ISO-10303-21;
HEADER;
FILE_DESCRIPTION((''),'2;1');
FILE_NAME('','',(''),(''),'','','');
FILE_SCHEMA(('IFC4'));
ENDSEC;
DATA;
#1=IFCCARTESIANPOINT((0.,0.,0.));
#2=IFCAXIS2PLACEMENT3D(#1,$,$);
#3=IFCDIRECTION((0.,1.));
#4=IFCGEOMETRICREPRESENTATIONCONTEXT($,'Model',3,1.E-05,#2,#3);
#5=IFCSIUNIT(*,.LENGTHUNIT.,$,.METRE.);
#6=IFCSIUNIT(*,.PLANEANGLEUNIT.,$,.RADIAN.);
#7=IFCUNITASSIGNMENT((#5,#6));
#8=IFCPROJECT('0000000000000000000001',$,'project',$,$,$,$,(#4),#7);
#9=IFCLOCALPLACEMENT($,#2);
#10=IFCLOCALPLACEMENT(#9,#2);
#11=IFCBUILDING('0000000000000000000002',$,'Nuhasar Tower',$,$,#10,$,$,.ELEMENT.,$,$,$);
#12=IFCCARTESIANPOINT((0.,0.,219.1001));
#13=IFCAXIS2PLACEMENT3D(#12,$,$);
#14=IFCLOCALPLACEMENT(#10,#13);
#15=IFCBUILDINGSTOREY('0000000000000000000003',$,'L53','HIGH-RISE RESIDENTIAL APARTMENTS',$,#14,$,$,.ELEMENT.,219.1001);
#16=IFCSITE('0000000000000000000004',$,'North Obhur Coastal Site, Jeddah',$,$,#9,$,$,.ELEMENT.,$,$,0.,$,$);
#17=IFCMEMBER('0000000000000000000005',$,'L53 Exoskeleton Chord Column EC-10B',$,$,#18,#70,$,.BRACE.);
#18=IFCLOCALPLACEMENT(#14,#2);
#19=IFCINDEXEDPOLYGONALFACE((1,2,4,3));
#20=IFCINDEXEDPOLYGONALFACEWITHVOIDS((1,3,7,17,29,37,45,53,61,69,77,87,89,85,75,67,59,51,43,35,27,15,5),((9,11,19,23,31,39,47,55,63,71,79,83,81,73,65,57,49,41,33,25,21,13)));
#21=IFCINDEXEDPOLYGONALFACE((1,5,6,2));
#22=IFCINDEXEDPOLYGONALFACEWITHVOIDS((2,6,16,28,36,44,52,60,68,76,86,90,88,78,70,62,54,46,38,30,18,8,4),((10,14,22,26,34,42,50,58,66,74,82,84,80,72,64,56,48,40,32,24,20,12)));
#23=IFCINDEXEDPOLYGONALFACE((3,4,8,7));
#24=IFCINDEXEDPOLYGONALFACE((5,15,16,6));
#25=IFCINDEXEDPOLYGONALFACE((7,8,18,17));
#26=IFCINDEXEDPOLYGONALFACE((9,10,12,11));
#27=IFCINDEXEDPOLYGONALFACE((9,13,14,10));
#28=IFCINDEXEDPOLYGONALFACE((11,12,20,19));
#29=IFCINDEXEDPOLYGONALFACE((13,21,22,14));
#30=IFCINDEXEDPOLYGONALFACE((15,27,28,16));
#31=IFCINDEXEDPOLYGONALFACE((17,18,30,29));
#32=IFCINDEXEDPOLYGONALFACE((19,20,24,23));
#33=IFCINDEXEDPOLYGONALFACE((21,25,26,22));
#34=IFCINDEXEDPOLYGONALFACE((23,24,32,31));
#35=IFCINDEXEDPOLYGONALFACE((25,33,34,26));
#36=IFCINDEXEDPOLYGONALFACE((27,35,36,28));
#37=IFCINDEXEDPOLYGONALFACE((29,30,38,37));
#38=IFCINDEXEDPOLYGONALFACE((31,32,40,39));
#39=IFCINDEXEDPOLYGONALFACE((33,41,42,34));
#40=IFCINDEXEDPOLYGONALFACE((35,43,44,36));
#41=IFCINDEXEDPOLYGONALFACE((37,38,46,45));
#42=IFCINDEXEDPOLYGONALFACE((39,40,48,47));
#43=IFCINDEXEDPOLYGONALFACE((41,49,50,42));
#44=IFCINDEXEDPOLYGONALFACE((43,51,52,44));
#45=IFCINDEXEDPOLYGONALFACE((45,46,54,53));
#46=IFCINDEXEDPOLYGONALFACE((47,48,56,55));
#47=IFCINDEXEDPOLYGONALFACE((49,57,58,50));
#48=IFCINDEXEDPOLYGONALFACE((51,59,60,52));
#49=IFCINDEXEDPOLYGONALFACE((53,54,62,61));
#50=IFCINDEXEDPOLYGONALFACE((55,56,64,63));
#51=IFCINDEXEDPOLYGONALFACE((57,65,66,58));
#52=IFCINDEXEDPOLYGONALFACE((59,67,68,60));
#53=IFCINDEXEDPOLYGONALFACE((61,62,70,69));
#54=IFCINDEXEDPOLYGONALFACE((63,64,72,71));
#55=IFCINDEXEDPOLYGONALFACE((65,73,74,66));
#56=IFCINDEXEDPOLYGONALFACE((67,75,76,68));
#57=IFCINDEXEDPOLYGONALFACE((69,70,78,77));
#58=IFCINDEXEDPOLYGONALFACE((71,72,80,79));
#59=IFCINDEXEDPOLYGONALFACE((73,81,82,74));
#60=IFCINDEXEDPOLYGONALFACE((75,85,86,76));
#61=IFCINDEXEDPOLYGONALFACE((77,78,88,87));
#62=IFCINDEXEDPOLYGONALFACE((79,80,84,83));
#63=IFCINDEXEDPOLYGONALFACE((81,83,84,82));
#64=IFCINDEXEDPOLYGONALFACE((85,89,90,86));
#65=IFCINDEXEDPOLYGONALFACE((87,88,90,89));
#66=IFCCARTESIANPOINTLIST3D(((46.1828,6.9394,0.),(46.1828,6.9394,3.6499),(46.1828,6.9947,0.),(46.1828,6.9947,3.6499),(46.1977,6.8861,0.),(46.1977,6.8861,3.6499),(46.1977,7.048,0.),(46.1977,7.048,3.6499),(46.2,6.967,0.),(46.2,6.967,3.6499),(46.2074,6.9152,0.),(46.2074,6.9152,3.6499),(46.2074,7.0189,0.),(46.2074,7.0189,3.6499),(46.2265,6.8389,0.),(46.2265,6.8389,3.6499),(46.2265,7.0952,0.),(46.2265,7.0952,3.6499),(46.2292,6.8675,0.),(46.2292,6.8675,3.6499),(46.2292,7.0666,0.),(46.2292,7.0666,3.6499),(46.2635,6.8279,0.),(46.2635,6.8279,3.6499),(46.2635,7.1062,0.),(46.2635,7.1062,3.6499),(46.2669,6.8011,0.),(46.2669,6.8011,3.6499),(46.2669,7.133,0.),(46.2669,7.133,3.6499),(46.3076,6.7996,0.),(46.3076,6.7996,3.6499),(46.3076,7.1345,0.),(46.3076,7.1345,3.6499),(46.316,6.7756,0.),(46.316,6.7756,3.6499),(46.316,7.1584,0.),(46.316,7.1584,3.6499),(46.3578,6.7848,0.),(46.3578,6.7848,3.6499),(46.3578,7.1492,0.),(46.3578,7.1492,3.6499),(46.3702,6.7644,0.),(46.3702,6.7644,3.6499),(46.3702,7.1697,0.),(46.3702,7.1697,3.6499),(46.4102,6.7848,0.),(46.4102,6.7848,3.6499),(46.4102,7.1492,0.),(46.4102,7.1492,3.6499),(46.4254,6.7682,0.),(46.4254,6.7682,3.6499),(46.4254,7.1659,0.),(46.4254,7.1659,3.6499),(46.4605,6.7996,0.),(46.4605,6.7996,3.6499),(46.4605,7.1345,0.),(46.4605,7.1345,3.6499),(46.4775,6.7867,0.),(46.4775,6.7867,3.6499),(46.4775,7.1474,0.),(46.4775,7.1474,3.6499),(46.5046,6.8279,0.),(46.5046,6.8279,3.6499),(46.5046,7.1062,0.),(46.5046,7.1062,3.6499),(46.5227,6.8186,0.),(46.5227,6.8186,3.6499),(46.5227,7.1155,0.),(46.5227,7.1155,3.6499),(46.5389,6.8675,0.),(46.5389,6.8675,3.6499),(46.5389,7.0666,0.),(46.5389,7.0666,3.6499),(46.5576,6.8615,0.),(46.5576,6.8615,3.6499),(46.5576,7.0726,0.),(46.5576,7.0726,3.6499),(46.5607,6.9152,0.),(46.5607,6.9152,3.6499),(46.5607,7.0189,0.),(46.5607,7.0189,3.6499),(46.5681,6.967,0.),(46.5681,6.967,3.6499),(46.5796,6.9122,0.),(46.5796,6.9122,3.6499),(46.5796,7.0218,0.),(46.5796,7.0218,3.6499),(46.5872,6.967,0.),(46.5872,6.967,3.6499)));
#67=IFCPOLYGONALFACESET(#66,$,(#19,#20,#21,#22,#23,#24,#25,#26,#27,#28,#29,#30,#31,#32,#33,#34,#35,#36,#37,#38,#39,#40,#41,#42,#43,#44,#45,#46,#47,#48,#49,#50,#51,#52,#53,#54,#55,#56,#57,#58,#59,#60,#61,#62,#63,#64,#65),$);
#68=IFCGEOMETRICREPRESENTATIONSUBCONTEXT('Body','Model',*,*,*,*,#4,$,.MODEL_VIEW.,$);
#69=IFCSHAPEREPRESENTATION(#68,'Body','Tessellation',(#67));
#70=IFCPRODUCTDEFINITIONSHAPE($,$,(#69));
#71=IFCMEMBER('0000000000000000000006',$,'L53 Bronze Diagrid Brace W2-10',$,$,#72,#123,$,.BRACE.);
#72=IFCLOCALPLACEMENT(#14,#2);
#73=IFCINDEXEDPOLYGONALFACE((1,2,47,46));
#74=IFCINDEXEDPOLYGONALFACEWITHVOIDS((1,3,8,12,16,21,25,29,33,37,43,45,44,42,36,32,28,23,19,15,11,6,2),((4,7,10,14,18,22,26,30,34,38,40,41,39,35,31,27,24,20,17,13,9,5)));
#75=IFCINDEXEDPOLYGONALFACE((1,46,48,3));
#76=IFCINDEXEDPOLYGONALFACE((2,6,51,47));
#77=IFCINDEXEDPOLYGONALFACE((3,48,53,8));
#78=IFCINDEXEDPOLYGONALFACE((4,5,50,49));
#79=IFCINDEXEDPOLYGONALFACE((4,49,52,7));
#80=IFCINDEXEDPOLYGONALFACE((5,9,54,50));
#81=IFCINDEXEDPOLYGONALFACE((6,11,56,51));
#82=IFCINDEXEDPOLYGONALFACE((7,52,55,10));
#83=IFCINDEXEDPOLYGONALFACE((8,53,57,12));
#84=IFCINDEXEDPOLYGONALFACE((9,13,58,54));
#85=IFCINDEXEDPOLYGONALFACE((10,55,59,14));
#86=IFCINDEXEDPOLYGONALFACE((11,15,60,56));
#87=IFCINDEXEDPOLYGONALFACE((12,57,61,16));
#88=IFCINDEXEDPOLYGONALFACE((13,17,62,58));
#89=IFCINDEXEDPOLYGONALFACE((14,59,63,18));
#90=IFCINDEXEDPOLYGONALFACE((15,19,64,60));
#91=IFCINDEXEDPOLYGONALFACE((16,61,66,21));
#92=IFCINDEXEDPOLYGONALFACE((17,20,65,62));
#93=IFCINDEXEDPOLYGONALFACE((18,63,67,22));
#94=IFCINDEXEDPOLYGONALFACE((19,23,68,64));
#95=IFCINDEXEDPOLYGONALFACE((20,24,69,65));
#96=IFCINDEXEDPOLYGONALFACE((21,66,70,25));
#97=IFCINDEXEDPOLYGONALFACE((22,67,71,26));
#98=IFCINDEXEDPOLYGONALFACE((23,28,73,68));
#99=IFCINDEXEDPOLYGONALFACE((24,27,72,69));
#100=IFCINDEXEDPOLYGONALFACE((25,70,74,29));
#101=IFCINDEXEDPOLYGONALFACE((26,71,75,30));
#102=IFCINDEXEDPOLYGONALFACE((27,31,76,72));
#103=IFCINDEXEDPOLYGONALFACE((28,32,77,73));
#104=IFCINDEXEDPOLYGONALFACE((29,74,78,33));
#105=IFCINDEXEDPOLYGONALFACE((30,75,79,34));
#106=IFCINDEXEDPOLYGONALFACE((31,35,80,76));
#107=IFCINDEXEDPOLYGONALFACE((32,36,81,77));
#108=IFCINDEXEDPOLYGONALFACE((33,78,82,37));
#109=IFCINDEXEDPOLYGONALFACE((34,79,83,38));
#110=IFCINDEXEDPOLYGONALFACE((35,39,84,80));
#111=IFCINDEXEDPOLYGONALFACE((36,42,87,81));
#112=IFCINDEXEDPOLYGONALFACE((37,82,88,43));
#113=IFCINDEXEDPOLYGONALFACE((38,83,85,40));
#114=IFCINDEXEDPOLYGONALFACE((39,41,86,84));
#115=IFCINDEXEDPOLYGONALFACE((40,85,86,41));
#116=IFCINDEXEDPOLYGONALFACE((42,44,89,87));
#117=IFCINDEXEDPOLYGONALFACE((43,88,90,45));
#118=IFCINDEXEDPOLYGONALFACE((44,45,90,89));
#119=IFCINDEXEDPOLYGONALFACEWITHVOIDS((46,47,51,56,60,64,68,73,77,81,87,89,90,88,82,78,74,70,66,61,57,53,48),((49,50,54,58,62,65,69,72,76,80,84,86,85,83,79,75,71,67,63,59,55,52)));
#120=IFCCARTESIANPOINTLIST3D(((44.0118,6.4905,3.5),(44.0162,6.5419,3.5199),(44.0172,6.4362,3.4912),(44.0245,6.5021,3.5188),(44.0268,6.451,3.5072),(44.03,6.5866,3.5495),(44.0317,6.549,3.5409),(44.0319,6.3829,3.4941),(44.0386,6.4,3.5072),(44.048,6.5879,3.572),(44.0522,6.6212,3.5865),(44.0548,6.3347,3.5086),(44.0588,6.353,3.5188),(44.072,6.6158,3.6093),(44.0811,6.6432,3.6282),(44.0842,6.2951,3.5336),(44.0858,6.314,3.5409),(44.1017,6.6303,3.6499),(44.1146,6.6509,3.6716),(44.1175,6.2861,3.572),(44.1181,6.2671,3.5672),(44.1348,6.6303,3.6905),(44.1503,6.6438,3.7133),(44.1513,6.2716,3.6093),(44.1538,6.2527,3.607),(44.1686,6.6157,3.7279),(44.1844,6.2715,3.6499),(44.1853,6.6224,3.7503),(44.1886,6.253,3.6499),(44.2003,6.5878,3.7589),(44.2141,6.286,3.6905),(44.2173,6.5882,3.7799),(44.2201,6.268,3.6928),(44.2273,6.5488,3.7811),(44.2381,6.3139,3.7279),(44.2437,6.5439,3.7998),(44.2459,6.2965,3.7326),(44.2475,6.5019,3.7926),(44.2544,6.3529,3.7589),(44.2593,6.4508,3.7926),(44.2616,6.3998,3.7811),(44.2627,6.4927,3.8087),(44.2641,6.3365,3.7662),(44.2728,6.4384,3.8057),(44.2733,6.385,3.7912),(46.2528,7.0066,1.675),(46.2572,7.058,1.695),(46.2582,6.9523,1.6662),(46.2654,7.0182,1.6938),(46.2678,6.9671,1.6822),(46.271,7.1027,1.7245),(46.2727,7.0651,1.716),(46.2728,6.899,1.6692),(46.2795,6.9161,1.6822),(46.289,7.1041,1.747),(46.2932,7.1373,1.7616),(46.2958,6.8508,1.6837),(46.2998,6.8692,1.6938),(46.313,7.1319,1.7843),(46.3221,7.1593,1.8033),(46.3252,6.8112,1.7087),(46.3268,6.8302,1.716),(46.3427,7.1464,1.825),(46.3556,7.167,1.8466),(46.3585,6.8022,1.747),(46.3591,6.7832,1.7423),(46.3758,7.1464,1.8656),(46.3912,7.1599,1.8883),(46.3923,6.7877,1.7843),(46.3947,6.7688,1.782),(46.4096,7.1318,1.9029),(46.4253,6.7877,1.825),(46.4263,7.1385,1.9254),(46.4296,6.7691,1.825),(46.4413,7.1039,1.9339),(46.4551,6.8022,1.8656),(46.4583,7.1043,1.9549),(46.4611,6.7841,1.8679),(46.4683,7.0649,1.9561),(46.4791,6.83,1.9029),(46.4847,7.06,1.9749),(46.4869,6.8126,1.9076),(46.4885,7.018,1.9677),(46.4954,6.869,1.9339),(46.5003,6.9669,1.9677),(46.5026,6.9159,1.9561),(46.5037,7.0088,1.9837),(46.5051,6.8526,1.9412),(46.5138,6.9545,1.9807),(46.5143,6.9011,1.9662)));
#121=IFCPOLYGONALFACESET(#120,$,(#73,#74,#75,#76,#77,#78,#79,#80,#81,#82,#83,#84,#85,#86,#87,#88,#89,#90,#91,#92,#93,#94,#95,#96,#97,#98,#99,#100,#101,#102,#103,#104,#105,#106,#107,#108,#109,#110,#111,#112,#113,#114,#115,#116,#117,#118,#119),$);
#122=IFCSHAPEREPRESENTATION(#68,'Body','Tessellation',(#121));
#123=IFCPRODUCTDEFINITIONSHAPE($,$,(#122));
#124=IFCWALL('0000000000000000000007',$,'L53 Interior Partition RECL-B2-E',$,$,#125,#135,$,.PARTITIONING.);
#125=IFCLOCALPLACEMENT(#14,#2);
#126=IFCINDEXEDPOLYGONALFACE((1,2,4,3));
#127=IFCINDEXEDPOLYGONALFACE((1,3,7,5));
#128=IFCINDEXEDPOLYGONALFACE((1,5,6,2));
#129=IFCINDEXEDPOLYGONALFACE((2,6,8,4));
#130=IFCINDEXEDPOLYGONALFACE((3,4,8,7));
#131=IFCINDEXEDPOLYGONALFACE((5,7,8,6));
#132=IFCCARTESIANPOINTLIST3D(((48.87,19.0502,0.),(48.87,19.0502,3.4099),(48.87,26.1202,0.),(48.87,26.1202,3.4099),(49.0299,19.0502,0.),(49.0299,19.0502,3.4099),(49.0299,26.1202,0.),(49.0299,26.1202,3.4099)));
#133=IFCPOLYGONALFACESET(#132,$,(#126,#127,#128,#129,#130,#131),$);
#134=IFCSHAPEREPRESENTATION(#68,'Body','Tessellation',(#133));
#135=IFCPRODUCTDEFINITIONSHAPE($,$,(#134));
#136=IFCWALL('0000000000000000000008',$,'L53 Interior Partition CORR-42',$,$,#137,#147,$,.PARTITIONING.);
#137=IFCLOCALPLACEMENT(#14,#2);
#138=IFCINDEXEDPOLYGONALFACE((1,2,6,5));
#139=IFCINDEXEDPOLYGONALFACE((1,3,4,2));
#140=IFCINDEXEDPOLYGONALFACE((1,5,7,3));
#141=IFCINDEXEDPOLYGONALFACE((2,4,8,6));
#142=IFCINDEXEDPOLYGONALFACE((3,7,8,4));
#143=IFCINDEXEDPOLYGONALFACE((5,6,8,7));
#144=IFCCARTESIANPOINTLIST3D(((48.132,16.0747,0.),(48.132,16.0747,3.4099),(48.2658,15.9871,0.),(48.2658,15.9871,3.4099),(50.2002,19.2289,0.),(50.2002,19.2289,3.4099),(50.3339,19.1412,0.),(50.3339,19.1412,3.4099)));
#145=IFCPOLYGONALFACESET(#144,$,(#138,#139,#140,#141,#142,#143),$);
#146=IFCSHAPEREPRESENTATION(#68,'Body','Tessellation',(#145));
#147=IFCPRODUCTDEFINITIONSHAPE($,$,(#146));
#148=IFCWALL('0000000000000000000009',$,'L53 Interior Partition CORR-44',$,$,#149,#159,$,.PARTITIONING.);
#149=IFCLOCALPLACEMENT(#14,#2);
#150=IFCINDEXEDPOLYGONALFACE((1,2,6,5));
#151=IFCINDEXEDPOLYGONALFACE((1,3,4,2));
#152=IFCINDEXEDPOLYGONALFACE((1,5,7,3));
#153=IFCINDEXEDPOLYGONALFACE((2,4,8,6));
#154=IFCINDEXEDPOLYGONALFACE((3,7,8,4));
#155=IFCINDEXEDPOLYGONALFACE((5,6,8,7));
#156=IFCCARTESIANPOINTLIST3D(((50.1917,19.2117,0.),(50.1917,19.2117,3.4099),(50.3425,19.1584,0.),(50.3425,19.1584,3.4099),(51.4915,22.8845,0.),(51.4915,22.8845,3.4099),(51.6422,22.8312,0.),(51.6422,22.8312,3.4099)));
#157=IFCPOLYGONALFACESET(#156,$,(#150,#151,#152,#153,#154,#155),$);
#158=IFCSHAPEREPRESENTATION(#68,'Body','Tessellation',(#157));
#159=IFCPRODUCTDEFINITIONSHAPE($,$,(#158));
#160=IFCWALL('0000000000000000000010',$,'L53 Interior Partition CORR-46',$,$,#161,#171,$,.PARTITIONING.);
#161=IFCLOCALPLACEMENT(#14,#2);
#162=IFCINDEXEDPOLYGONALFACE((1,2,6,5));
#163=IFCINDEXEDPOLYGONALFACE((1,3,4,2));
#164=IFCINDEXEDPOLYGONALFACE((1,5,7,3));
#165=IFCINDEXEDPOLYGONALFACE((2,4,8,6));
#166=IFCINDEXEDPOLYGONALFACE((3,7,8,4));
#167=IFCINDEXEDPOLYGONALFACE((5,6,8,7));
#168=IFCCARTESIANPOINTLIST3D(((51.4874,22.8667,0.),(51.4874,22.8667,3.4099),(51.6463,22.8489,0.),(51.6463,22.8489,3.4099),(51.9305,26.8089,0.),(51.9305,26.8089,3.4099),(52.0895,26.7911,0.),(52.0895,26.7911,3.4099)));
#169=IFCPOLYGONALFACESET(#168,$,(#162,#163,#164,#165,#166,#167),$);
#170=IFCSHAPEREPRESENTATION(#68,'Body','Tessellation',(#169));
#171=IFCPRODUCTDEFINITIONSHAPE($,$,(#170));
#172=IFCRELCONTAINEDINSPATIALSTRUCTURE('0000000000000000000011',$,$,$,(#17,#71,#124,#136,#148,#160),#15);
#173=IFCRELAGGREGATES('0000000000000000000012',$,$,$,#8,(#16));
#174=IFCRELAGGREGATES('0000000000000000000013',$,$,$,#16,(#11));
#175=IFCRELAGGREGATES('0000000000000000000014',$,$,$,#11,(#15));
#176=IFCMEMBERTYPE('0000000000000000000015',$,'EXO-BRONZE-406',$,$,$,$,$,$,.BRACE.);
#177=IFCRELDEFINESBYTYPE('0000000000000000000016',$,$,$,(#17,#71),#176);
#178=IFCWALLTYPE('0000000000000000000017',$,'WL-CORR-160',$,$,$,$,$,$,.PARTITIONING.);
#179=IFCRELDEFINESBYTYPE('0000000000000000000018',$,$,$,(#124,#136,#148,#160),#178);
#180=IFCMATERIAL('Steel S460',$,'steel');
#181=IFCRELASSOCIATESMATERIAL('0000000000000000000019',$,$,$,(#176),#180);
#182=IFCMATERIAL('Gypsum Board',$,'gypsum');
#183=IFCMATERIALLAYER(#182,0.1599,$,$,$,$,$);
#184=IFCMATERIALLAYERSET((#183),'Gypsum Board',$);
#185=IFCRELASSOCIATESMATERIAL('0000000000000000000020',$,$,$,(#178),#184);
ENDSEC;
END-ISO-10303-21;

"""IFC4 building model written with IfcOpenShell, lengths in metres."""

from ifc_helpers import new_model, si_unit, direction, frame, frame_2d, origin, origin_2d, place, context, subcontext, project, spatial, rectangle, hollow_circle, extrude, material, layer, layer_set, material_profile, profile_set, type_object, element, save


model = new_model("IFC4")

# Units and contexts
model_context = context("Model", 3, precision=1e-05, world=origin(), true_north=direction((0.0, 1.0)))
body_context = subcontext(model_context, "Body", "Model", "MODEL_VIEW")
ifc_project = project(units=[si_unit("LENGTHUNIT", "METRE"), si_unit("PLANEANGLEUNIT", "RADIAN")], contexts=[model_context])

# Site, building, storey
site_placement = place(None, origin())
site = spatial("IfcSite", under=ifc_project, at=site_placement, Name="North Obhur Coastal Site, Jeddah", CompositionType="ELEMENT", RefElevation=0.0)
building_placement = place(site_placement, origin())
building = spatial("IfcBuilding", under=site, at=building_placement, Name="Nuhasar Tower", CompositionType="ELEMENT")
storey_placement = place(building_placement, frame((0.0, 0.0, 219.1001)))
storey = spatial("IfcBuildingStorey", under=building, at=storey_placement, Name="L53", Description="HIGH-RISE RESIDENTIAL APARTMENTS", CompositionType="ELEMENT", Elevation=219.1001)

# Members
ifc_material_1 = material(Name="Steel S460", Category="steel")
ifc_material_profile_1 = material_profile(ifc_material_1, hollow_circle(Radius=0.2031, WallThickness=0.019, at=origin_2d()), Name="HSS406.4X19.1")
ifc_profile_set_1 = profile_set([ifc_material_profile_1], Name="Steel S460")
member_type_1 = type_object("IfcMemberType", Name="EXO-BRONZE-406", PredefinedType="BRACE", material=ifc_profile_set_1)
member_1_placement = place(storey_placement, frame((46.384, 6.967, 0.0), z_axis=(0.0, 0.0, 1.0), x_axis=(1.0, 0.0, 0.0)))
element("IfcMember", 1, at=member_1_placement, inside=storey, type_object=member_type_1, Name="L53 Exoskeleton Chord Column EC-10B", PredefinedType="BRACE", context=body_context, shape_type="SweptSolid", body=[
    extrude(hollow_circle(Radius=0.2031, WallThickness=0.019, at=origin_2d()), origin(), (0.0, 0.0, 1.0), 3.6499),
])
member_2_placement = place(storey_placement, frame((46.384, 6.967, 1.825), z_axis=(-0.763332, -0.175802, 0.621626), x_axis=(0.224433, -0.97449, 0.0)))
element("IfcMember", 2, at=member_2_placement, inside=storey, type_object=member_type_1, Name="L53 Bronze Diagrid Brace W2-10", PredefinedType="BRACE", context=body_context, shape_type="SweptSolid", body=[
    extrude(hollow_circle(Radius=0.2031, WallThickness=0.019, at=origin_2d()), origin(), (0.0, 0.0, 1.0), 2.9358),
])

# Wall
ifc_material_2 = material(Name="Gypsum Board", Category="gypsum")
ifc_layer_1 = layer(ifc_material_2, 0.1599)
ifc_layer_set_1 = layer_set([ifc_layer_1], Name="Gypsum Board")
wall_type_1 = type_object("IfcWallType", Name="WL-CORR-160", PredefinedType="PARTITIONING", material=ifc_layer_set_1)
wall_1_placement = place(storey_placement, frame((48.95, 19.05, 0.0), z_axis=(0.0, 0.0, 1.0), x_axis=(0.0, 1.0, 0.0)))
element("IfcWall", 3, at=wall_1_placement, inside=storey, type_object=wall_type_1, Name="L53 Interior Partition RECL-B2-E", PredefinedType="PARTITIONING", context=body_context, shape_type="SweptSolid", body=[
    extrude(rectangle(XDim=7.0701, YDim=0.1599, at=frame_2d((3.5352, 0.0))), origin(), (0.0, 0.0, 1.0), 3.4099),
])

# Walls
wall_2_placement = place(storey_placement, frame((48.199, 16.031, 0.0), z_axis=(0.0, 0.0, 1.0), x_axis=(0.548335, 0.836258, 0.0)))
element("IfcWall", 4, at=wall_2_placement, inside=storey, type_object=wall_type_1, Name="L53 Interior Partition CORR-42", PredefinedType="PARTITIONING", context=body_context, shape_type="SweptSolid", body=[
    extrude(rectangle(XDim=3.7717, YDim=0.1599, at=frame_2d((1.8857, 0.0))), origin(), (0.0, 0.0, 1.0), 3.4099),
])
wall_3_placement = place(storey_placement, frame((50.2671, 19.1851, 0.0), z_axis=(0.0, 0.0, 1.0), x_axis=(0.33362, 0.942708, 0.0)))
element("IfcWall", 5, at=wall_3_placement, inside=storey, type_object=wall_type_1, Name="L53 Interior Partition CORR-44", PredefinedType="PARTITIONING", context=body_context, shape_type="SweptSolid", body=[
    extrude(rectangle(XDim=3.896, YDim=0.1599, at=frame_2d((1.948, 0.0))), origin(), (0.0, 0.0, 1.0), 3.4099),
])
wall_4_placement = place(storey_placement, frame((51.5669, 22.8579, 0.0), z_axis=(0.0, 0.0, 1.0), x_axis=(0.111701, 0.993742, 0.0)))
element("IfcWall", 6, at=wall_4_placement, inside=storey, type_object=wall_type_1, Name="L53 Interior Partition CORR-46", PredefinedType="PARTITIONING", context=body_context, shape_type="SweptSolid", body=[
    extrude(rectangle(XDim=3.967, YDim=0.1599, at=frame_2d((1.9834, 0.0))), origin(), (0.0, 0.0, 1.0), 3.4099),
])

save(model, "model.ifc")
